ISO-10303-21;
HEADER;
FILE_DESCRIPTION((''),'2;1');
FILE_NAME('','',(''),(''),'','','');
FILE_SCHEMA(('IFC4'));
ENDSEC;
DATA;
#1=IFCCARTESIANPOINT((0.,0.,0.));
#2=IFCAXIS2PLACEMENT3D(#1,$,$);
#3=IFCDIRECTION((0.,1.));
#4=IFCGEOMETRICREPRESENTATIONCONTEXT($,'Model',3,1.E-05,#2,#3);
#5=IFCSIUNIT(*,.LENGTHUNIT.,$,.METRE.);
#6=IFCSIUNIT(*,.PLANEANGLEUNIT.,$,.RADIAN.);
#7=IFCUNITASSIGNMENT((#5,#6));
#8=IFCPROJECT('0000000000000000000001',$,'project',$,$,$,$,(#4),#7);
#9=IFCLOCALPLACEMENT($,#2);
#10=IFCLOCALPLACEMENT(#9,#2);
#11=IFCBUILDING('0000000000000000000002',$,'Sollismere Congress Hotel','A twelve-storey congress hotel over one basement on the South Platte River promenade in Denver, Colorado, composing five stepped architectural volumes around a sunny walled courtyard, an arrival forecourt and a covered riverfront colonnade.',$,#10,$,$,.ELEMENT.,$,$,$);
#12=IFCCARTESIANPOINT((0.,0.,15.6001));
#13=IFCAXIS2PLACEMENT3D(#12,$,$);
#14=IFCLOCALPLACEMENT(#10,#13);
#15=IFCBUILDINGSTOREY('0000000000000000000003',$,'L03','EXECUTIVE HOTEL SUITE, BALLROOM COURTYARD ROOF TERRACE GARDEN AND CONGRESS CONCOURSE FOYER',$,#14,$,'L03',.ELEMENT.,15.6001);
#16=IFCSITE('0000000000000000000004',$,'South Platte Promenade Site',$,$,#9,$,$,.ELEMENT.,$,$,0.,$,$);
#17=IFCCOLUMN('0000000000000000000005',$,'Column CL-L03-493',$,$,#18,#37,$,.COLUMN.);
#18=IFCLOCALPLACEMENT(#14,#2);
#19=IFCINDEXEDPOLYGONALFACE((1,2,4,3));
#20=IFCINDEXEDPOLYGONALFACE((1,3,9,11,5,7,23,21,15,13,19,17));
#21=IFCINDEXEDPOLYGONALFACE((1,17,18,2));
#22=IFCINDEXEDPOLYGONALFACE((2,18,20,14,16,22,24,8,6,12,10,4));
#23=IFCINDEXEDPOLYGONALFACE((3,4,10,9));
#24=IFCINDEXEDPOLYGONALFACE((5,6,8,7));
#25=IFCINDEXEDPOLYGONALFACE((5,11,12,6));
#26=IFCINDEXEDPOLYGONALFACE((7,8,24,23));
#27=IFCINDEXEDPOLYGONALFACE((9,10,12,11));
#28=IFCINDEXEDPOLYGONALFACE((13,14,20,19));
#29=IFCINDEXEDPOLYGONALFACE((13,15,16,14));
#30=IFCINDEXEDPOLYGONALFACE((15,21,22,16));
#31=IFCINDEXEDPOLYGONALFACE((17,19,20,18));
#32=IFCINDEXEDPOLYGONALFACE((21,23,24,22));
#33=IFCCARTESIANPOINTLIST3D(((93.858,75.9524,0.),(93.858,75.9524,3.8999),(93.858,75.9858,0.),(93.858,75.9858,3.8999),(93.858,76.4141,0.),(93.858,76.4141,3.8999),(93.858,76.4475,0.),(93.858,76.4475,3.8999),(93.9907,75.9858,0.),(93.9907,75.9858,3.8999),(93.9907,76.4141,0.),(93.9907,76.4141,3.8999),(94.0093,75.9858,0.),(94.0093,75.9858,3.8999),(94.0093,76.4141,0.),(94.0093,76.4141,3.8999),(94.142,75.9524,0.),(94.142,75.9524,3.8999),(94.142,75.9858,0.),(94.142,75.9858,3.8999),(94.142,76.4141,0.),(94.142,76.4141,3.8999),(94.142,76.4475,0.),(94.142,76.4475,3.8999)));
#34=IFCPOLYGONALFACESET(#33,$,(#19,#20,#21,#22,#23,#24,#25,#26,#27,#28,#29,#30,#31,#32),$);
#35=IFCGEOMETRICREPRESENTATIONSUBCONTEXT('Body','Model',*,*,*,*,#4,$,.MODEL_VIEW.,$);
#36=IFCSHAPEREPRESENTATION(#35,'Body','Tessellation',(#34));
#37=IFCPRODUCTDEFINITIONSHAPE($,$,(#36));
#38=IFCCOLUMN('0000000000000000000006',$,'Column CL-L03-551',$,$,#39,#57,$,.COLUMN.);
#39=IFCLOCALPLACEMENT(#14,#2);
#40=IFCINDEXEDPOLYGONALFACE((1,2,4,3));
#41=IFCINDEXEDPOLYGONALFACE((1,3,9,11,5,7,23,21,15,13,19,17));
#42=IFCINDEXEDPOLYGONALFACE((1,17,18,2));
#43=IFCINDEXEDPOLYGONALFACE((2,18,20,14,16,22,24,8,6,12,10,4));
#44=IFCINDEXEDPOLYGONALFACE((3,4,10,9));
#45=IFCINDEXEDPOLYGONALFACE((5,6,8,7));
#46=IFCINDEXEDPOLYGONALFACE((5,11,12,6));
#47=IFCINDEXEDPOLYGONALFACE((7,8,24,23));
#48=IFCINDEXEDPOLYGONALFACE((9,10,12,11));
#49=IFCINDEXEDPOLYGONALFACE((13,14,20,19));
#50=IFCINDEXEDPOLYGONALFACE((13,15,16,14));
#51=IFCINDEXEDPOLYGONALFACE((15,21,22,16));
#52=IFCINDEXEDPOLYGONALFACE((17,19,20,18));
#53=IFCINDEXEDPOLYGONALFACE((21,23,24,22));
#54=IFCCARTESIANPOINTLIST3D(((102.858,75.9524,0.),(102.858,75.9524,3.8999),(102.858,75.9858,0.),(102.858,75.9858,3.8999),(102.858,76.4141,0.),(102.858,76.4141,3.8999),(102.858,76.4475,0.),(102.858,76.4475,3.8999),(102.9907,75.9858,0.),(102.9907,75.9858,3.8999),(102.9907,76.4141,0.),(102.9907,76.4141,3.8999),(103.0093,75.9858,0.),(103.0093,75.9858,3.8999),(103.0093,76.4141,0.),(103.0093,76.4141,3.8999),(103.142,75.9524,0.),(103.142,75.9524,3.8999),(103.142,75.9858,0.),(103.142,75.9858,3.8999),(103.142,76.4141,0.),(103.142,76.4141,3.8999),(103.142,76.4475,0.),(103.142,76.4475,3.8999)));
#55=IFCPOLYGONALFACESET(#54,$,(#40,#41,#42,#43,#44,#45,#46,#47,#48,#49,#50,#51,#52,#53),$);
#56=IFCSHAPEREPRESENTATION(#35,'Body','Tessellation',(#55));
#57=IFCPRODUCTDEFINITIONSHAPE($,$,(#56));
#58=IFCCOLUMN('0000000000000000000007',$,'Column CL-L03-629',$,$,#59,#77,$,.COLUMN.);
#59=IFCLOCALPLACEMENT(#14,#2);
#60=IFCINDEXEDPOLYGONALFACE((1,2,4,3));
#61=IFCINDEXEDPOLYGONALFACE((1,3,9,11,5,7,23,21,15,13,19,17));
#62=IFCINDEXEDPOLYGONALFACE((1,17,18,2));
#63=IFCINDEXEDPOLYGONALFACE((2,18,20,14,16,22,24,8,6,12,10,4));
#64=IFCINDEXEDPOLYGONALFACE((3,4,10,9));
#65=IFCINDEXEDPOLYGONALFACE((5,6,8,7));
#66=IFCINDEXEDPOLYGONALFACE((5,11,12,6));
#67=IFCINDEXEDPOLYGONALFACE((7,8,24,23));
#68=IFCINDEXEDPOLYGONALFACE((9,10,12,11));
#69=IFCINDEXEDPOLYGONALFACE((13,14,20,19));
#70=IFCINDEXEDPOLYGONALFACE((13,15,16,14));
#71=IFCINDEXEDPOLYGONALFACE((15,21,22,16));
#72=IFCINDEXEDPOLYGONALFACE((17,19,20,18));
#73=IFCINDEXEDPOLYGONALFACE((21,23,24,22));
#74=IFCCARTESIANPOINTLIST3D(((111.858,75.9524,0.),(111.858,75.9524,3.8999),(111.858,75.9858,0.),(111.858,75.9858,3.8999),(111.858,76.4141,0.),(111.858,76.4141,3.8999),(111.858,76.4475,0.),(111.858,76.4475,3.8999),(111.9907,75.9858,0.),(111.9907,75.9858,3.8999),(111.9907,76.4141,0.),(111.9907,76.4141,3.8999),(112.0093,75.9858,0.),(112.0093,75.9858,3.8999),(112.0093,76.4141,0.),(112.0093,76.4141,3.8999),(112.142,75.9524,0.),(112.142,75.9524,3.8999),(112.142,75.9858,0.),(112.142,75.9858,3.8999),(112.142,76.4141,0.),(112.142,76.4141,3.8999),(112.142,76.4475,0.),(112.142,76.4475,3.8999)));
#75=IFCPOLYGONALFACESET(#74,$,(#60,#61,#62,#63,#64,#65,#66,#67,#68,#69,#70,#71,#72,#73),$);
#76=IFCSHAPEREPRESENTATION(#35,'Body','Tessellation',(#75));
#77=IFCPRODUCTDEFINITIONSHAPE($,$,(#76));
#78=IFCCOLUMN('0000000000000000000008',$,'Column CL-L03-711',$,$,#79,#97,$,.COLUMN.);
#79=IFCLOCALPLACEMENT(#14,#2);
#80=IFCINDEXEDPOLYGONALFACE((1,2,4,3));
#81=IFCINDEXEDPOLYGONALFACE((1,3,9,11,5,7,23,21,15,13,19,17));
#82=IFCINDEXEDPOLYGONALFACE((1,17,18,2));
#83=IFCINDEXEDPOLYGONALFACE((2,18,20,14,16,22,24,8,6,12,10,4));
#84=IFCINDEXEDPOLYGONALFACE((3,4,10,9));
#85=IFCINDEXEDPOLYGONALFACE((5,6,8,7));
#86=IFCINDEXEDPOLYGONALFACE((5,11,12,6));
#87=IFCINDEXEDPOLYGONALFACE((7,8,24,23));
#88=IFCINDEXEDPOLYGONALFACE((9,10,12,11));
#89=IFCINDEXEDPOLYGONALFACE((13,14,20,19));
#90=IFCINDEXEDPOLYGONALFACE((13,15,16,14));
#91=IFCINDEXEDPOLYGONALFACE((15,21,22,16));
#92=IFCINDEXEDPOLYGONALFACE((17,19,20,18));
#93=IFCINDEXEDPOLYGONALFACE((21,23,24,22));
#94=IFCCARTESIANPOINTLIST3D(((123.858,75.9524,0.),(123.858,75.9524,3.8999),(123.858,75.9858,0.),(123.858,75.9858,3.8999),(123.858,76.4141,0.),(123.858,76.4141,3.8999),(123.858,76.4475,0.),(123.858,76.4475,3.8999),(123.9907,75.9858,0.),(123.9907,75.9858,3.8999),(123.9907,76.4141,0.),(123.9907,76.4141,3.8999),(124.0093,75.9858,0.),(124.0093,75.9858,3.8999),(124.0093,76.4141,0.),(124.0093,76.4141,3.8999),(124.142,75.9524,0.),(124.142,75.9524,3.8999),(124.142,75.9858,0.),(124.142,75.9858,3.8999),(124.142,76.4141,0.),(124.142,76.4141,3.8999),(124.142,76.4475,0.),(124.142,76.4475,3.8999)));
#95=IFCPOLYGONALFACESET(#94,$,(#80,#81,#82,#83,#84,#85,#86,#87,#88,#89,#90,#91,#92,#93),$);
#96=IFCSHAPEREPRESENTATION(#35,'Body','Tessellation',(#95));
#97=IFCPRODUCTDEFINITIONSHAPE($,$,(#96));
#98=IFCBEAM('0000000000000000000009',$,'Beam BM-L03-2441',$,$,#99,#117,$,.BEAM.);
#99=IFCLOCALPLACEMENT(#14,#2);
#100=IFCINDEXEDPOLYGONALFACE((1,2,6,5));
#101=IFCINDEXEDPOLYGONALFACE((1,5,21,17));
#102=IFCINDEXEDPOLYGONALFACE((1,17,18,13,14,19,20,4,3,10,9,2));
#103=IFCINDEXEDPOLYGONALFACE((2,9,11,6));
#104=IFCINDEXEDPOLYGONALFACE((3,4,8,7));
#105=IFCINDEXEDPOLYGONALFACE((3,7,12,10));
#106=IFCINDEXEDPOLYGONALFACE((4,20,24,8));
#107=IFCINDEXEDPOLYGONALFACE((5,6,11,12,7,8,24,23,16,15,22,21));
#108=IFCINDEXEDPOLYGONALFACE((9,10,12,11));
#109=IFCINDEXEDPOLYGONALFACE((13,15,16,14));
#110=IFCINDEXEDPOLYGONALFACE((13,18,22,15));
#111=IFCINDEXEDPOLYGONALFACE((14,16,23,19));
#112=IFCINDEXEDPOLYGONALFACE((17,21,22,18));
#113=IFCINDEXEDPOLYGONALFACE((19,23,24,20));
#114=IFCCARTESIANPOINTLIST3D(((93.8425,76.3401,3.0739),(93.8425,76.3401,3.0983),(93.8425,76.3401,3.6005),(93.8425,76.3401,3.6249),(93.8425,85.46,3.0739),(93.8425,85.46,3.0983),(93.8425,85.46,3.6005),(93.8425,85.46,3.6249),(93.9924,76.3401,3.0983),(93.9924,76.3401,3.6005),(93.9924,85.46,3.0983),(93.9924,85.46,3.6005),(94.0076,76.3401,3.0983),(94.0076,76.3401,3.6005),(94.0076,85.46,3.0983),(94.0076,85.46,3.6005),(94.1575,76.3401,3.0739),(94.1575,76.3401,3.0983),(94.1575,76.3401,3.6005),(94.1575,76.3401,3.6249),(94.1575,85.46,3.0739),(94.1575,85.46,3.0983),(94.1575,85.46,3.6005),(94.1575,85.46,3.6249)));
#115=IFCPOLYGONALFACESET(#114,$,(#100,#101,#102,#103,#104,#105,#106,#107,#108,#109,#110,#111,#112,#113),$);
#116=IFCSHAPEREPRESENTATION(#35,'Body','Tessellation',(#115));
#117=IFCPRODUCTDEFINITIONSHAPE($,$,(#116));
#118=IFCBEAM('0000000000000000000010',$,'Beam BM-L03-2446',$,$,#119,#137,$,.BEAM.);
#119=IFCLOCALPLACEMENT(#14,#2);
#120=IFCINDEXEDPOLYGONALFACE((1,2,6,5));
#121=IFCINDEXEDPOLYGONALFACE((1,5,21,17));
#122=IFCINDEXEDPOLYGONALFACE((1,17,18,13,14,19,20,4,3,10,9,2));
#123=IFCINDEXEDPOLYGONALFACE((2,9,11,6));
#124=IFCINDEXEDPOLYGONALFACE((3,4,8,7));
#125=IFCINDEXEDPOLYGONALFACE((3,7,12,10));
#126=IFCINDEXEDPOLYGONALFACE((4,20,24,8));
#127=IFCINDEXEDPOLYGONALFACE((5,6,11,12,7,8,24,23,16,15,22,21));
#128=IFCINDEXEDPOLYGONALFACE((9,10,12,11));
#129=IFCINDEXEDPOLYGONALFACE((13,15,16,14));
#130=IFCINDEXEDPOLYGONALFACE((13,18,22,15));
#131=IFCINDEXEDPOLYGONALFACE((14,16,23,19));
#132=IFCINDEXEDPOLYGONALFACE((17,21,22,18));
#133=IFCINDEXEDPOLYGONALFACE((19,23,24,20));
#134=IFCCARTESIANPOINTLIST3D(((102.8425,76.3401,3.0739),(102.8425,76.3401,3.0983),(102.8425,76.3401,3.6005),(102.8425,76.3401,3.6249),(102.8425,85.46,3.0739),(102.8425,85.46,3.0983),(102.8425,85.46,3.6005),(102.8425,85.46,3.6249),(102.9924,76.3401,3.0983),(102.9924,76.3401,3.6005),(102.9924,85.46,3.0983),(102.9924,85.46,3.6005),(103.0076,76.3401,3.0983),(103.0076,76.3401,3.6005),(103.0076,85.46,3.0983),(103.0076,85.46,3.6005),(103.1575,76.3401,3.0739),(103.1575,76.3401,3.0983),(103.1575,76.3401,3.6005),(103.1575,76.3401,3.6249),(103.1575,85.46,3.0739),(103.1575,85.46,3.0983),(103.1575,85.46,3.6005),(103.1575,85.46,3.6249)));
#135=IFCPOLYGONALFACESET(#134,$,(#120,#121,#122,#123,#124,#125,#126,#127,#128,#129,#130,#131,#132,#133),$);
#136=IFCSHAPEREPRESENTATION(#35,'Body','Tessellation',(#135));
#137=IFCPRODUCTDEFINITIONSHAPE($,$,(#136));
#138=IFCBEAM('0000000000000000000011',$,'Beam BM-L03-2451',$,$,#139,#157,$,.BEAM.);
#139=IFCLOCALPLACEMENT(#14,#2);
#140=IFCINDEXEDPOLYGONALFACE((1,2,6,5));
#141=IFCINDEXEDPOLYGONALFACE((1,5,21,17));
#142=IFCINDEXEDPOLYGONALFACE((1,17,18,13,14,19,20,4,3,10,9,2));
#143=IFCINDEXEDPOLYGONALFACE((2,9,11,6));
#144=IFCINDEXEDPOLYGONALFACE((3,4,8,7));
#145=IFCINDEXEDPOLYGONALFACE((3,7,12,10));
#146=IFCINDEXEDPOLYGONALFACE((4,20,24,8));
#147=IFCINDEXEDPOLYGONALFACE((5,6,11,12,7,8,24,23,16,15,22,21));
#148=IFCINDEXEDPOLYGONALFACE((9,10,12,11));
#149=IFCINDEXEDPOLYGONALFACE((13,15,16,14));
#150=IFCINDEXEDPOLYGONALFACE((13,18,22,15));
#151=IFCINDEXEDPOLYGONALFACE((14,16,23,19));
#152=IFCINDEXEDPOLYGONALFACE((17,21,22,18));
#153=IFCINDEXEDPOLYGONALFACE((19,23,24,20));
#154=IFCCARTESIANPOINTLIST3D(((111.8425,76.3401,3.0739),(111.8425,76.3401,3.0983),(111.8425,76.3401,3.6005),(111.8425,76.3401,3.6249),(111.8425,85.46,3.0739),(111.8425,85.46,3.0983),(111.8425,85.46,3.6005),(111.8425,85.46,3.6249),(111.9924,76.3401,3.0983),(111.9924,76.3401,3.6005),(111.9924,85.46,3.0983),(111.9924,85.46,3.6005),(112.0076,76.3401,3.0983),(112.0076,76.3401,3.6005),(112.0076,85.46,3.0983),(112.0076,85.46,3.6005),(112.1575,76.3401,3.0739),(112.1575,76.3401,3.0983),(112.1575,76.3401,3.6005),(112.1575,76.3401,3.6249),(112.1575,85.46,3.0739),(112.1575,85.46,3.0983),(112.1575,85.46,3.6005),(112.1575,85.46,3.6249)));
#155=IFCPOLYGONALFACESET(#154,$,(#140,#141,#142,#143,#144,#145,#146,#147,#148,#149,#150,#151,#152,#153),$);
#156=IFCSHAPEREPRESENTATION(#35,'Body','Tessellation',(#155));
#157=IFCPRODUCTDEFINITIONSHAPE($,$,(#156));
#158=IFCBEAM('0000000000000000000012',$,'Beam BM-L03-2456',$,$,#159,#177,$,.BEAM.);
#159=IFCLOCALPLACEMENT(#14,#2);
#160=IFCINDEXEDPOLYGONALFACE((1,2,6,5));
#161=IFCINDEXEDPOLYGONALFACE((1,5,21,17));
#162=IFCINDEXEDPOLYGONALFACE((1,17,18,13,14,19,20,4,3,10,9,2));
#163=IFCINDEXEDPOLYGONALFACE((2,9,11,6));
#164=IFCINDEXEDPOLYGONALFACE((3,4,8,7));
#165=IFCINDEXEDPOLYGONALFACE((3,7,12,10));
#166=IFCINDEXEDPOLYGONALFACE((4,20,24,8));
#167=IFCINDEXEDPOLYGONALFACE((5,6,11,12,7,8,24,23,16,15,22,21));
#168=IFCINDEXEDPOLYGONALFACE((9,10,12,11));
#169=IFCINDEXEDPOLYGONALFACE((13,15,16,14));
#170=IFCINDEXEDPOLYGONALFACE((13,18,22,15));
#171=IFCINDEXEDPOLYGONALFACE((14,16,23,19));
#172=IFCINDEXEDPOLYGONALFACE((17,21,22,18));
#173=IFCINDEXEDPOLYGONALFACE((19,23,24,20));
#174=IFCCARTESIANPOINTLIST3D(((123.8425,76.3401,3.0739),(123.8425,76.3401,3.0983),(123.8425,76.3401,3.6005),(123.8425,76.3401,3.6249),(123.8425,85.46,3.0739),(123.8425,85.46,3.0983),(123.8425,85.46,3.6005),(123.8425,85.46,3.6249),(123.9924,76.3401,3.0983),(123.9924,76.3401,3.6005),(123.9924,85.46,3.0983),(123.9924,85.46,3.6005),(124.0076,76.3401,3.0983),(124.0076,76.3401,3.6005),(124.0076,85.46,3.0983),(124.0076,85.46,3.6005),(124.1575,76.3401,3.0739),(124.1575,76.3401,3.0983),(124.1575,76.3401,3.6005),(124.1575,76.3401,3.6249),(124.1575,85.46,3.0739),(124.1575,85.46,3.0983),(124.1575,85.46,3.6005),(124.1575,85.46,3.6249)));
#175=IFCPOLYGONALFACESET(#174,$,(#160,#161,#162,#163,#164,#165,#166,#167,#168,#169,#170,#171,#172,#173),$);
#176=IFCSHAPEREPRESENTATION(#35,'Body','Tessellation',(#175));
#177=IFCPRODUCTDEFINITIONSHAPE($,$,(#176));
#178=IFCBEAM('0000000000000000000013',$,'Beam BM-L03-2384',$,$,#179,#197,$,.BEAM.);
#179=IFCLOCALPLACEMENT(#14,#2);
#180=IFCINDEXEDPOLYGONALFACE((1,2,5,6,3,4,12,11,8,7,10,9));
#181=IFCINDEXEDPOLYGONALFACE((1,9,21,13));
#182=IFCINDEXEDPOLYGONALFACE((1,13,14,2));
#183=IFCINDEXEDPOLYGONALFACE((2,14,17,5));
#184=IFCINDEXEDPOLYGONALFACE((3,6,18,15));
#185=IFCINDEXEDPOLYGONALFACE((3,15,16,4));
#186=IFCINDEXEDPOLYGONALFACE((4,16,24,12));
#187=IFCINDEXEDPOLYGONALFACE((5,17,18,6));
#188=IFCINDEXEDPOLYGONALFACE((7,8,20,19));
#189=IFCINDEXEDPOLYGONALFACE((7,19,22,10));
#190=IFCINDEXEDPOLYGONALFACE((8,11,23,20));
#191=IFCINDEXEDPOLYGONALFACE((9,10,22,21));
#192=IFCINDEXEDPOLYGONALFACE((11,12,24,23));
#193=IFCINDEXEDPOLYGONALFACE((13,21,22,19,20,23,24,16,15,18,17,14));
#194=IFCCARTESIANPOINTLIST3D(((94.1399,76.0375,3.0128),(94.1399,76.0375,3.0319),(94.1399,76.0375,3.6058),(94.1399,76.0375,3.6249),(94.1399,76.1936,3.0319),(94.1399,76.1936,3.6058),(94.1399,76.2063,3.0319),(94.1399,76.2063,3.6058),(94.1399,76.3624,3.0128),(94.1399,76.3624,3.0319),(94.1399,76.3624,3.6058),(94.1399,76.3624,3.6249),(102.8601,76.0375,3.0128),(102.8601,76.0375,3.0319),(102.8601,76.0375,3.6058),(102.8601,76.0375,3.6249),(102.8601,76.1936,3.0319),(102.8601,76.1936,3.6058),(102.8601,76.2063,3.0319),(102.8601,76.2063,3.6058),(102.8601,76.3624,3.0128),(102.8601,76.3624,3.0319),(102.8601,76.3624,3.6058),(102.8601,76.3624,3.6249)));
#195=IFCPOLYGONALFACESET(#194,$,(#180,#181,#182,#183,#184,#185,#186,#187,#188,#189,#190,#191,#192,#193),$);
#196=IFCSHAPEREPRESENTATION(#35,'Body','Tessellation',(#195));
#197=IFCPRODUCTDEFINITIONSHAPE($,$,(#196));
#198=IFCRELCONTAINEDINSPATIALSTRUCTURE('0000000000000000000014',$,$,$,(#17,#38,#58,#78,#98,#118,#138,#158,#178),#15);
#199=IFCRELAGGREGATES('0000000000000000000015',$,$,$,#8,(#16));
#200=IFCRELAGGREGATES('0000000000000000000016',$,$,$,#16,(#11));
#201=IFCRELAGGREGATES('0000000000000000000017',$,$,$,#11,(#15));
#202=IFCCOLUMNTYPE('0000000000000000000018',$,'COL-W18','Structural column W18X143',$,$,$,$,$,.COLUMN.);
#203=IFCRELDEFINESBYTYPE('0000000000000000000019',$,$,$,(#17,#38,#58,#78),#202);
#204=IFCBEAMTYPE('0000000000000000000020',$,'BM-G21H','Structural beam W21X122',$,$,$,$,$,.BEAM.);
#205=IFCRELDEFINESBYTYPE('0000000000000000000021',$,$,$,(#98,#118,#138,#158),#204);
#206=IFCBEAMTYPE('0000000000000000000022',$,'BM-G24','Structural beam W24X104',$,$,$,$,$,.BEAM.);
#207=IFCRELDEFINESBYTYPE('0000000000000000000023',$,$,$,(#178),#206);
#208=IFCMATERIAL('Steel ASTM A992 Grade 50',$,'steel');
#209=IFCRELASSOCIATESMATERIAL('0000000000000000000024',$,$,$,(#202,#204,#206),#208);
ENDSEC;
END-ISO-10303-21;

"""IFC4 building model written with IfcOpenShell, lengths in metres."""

from ifc_helpers import new_model, si_unit, direction, frame, origin, origin_2d, place, context, subcontext, project, spatial, i_section, extrude, material, material_profile, profile_set, type_object, element, save


model = new_model("IFC4")

# Units and contexts
model_context = context("Model", 3, precision=1e-05, world=origin(), true_north=direction((0.0, 1.0)))
body_context = subcontext(model_context, "Body", "Model", "MODEL_VIEW")
ifc_project = project(units=[si_unit("LENGTHUNIT", "METRE"), si_unit("PLANEANGLEUNIT", "RADIAN")], contexts=[model_context])

# Site, building, storey
site_placement = place(None, origin())
site = spatial("IfcSite", under=ifc_project, at=site_placement, Name="South Platte Promenade Site", CompositionType="ELEMENT", RefElevation=0.0)
building_placement = place(site_placement, origin())
building = spatial("IfcBuilding", under=site, at=building_placement, Name="Sollismere Congress Hotel", Description="A twelve-storey congress hotel over one basement on the South Platte River promenade in Denver, Colorado, composing five stepped architectural volumes around a sunny walled courtyard, an arrival forecourt and a covered riverfront colonnade.", CompositionType="ELEMENT")
storey_placement = place(building_placement, frame((0.0, 0.0, 15.6001)))
storey = spatial("IfcBuildingStorey", under=building, at=storey_placement, Name="L03", Description="EXECUTIVE HOTEL SUITE, BALLROOM COURTYARD ROOF TERRACE GARDEN AND CONGRESS CONCOURSE FOYER", LongName="L03", CompositionType="ELEMENT", Elevation=15.6001)

# Columns
ifc_material_1 = material(Name="Steel ASTM A992 Grade 50", Category="steel")
ifc_material_profile_1 = material_profile(ifc_material_1, i_section(OverallWidth=0.2839, OverallDepth=0.4951, WebThickness=0.0186, FlangeThickness=0.0334, at=origin_2d()), Name="W18X143")
ifc_profile_set_1 = profile_set([ifc_material_profile_1], Name="Steel ASTM A992 Grade 50")
column_type = type_object("IfcColumnType", Name="COL-W18", Description="Structural column W18X143", PredefinedType="COLUMN", material=ifc_profile_set_1)
for number, where, z_axis, x_axis, name in (
    (1, (94.0, 76.2, 0.0), (0.0, 0.0, 1.0), (1.0, 0.0, 0.0), "Column CL-L03-493"),
    (2, (103.0, 76.2, 0.0), (0.0, 0.0, 1.0), (1.0, 0.0, 0.0), "Column CL-L03-551"),
    (3, (112.0, 76.2, 0.0), (0.0, 0.0, 1.0), (1.0, 0.0, 0.0), "Column CL-L03-629"),
    (4, (124.0, 76.2, 0.0), (0.0, 0.0, 1.0), (1.0, 0.0, 0.0), "Column CL-L03-711"),
):
    element("IfcColumn", number, at=place(storey_placement, frame(where, z_axis=z_axis, x_axis=x_axis)), inside=storey, type_object=column_type, Name=name, PredefinedType="COLUMN", context=body_context, shape_type="SweptSolid", body=[
        extrude(i_section(OverallWidth=0.2839, OverallDepth=0.4951, WebThickness=0.0186, FlangeThickness=0.0334, at=origin_2d()), origin(), (0.0, 0.0, 1.0), 3.8999),
    ])

# Beams
ifc_material_profile_2 = material_profile(ifc_material_1, i_section(OverallWidth=0.3149, OverallDepth=0.551, WebThickness=0.0151, FlangeThickness=0.0244, at=origin_2d()), Name="W21X122")
ifc_profile_set_2 = profile_set([ifc_material_profile_2], Name="Steel ASTM A992 Grade 50")
beam_type_1 = type_object("IfcBeamType", Name="BM-G21H", Description="Structural beam W21X122", PredefinedType="BEAM", material=ifc_profile_set_2)
for number, where, z_axis, x_axis, name in (
    (5, (94.0, 76.3401, 3.3494), (0.0, 1.0, 0.0), (-1.0, 0.0, 0.0), "Beam BM-L03-2441"),
    (6, (103.0, 76.3401, 3.3494), (0.0, 1.0, 0.0), (-1.0, 0.0, 0.0), "Beam BM-L03-2446"),
    (7, (112.0, 76.3401, 3.3494), (0.0, 1.0, 0.0), (-1.0, 0.0, 0.0), "Beam BM-L03-2451"),
    (8, (124.0, 76.3401, 3.3494), (0.0, 1.0, 0.0), (-1.0, 0.0, 0.0), "Beam BM-L03-2456"),
):
    element("IfcBeam", number, at=place(storey_placement, frame(where, z_axis=z_axis, x_axis=x_axis)), inside=storey, type_object=beam_type_1, Name=name, PredefinedType="BEAM", context=body_context, shape_type="SweptSolid", body=[
        extrude(i_section(OverallWidth=0.3149, OverallDepth=0.551, WebThickness=0.0151, FlangeThickness=0.0244, at=origin_2d()), origin(), (0.0, 0.0, 1.0), 9.1199),
    ])
ifc_material_profile_3 = material_profile(ifc_material_1, i_section(OverallWidth=0.325, OverallDepth=0.6121, WebThickness=0.0127, FlangeThickness=0.019, at=origin_2d()), Name="W24X104")
ifc_profile_set_3 = profile_set([ifc_material_profile_3], Name="Steel ASTM A992 Grade 50")
beam_type_2 = type_object("IfcBeamType", Name="BM-G24", Description="Structural beam W24X104", PredefinedType="BEAM", material=ifc_profile_set_3)
for number, where, z_axis, x_axis, name in (
    (9, (94.1399, 76.2, 3.3188), (1.0, 0.0, 0.0), (0.0, 1.0, 0.0), "Beam BM-L03-2384"),
):
    element("IfcBeam", number, at=place(storey_placement, frame(where, z_axis=z_axis, x_axis=x_axis)), inside=storey, type_object=beam_type_2, Name=name, PredefinedType="BEAM", context=body_context, shape_type="SweptSolid", body=[
        extrude(i_section(OverallWidth=0.325, OverallDepth=0.6121, WebThickness=0.0127, FlangeThickness=0.019, at=origin_2d()), origin(), (0.0, 0.0, 1.0), 8.7202),
    ])

save(model, "model.ifc")
